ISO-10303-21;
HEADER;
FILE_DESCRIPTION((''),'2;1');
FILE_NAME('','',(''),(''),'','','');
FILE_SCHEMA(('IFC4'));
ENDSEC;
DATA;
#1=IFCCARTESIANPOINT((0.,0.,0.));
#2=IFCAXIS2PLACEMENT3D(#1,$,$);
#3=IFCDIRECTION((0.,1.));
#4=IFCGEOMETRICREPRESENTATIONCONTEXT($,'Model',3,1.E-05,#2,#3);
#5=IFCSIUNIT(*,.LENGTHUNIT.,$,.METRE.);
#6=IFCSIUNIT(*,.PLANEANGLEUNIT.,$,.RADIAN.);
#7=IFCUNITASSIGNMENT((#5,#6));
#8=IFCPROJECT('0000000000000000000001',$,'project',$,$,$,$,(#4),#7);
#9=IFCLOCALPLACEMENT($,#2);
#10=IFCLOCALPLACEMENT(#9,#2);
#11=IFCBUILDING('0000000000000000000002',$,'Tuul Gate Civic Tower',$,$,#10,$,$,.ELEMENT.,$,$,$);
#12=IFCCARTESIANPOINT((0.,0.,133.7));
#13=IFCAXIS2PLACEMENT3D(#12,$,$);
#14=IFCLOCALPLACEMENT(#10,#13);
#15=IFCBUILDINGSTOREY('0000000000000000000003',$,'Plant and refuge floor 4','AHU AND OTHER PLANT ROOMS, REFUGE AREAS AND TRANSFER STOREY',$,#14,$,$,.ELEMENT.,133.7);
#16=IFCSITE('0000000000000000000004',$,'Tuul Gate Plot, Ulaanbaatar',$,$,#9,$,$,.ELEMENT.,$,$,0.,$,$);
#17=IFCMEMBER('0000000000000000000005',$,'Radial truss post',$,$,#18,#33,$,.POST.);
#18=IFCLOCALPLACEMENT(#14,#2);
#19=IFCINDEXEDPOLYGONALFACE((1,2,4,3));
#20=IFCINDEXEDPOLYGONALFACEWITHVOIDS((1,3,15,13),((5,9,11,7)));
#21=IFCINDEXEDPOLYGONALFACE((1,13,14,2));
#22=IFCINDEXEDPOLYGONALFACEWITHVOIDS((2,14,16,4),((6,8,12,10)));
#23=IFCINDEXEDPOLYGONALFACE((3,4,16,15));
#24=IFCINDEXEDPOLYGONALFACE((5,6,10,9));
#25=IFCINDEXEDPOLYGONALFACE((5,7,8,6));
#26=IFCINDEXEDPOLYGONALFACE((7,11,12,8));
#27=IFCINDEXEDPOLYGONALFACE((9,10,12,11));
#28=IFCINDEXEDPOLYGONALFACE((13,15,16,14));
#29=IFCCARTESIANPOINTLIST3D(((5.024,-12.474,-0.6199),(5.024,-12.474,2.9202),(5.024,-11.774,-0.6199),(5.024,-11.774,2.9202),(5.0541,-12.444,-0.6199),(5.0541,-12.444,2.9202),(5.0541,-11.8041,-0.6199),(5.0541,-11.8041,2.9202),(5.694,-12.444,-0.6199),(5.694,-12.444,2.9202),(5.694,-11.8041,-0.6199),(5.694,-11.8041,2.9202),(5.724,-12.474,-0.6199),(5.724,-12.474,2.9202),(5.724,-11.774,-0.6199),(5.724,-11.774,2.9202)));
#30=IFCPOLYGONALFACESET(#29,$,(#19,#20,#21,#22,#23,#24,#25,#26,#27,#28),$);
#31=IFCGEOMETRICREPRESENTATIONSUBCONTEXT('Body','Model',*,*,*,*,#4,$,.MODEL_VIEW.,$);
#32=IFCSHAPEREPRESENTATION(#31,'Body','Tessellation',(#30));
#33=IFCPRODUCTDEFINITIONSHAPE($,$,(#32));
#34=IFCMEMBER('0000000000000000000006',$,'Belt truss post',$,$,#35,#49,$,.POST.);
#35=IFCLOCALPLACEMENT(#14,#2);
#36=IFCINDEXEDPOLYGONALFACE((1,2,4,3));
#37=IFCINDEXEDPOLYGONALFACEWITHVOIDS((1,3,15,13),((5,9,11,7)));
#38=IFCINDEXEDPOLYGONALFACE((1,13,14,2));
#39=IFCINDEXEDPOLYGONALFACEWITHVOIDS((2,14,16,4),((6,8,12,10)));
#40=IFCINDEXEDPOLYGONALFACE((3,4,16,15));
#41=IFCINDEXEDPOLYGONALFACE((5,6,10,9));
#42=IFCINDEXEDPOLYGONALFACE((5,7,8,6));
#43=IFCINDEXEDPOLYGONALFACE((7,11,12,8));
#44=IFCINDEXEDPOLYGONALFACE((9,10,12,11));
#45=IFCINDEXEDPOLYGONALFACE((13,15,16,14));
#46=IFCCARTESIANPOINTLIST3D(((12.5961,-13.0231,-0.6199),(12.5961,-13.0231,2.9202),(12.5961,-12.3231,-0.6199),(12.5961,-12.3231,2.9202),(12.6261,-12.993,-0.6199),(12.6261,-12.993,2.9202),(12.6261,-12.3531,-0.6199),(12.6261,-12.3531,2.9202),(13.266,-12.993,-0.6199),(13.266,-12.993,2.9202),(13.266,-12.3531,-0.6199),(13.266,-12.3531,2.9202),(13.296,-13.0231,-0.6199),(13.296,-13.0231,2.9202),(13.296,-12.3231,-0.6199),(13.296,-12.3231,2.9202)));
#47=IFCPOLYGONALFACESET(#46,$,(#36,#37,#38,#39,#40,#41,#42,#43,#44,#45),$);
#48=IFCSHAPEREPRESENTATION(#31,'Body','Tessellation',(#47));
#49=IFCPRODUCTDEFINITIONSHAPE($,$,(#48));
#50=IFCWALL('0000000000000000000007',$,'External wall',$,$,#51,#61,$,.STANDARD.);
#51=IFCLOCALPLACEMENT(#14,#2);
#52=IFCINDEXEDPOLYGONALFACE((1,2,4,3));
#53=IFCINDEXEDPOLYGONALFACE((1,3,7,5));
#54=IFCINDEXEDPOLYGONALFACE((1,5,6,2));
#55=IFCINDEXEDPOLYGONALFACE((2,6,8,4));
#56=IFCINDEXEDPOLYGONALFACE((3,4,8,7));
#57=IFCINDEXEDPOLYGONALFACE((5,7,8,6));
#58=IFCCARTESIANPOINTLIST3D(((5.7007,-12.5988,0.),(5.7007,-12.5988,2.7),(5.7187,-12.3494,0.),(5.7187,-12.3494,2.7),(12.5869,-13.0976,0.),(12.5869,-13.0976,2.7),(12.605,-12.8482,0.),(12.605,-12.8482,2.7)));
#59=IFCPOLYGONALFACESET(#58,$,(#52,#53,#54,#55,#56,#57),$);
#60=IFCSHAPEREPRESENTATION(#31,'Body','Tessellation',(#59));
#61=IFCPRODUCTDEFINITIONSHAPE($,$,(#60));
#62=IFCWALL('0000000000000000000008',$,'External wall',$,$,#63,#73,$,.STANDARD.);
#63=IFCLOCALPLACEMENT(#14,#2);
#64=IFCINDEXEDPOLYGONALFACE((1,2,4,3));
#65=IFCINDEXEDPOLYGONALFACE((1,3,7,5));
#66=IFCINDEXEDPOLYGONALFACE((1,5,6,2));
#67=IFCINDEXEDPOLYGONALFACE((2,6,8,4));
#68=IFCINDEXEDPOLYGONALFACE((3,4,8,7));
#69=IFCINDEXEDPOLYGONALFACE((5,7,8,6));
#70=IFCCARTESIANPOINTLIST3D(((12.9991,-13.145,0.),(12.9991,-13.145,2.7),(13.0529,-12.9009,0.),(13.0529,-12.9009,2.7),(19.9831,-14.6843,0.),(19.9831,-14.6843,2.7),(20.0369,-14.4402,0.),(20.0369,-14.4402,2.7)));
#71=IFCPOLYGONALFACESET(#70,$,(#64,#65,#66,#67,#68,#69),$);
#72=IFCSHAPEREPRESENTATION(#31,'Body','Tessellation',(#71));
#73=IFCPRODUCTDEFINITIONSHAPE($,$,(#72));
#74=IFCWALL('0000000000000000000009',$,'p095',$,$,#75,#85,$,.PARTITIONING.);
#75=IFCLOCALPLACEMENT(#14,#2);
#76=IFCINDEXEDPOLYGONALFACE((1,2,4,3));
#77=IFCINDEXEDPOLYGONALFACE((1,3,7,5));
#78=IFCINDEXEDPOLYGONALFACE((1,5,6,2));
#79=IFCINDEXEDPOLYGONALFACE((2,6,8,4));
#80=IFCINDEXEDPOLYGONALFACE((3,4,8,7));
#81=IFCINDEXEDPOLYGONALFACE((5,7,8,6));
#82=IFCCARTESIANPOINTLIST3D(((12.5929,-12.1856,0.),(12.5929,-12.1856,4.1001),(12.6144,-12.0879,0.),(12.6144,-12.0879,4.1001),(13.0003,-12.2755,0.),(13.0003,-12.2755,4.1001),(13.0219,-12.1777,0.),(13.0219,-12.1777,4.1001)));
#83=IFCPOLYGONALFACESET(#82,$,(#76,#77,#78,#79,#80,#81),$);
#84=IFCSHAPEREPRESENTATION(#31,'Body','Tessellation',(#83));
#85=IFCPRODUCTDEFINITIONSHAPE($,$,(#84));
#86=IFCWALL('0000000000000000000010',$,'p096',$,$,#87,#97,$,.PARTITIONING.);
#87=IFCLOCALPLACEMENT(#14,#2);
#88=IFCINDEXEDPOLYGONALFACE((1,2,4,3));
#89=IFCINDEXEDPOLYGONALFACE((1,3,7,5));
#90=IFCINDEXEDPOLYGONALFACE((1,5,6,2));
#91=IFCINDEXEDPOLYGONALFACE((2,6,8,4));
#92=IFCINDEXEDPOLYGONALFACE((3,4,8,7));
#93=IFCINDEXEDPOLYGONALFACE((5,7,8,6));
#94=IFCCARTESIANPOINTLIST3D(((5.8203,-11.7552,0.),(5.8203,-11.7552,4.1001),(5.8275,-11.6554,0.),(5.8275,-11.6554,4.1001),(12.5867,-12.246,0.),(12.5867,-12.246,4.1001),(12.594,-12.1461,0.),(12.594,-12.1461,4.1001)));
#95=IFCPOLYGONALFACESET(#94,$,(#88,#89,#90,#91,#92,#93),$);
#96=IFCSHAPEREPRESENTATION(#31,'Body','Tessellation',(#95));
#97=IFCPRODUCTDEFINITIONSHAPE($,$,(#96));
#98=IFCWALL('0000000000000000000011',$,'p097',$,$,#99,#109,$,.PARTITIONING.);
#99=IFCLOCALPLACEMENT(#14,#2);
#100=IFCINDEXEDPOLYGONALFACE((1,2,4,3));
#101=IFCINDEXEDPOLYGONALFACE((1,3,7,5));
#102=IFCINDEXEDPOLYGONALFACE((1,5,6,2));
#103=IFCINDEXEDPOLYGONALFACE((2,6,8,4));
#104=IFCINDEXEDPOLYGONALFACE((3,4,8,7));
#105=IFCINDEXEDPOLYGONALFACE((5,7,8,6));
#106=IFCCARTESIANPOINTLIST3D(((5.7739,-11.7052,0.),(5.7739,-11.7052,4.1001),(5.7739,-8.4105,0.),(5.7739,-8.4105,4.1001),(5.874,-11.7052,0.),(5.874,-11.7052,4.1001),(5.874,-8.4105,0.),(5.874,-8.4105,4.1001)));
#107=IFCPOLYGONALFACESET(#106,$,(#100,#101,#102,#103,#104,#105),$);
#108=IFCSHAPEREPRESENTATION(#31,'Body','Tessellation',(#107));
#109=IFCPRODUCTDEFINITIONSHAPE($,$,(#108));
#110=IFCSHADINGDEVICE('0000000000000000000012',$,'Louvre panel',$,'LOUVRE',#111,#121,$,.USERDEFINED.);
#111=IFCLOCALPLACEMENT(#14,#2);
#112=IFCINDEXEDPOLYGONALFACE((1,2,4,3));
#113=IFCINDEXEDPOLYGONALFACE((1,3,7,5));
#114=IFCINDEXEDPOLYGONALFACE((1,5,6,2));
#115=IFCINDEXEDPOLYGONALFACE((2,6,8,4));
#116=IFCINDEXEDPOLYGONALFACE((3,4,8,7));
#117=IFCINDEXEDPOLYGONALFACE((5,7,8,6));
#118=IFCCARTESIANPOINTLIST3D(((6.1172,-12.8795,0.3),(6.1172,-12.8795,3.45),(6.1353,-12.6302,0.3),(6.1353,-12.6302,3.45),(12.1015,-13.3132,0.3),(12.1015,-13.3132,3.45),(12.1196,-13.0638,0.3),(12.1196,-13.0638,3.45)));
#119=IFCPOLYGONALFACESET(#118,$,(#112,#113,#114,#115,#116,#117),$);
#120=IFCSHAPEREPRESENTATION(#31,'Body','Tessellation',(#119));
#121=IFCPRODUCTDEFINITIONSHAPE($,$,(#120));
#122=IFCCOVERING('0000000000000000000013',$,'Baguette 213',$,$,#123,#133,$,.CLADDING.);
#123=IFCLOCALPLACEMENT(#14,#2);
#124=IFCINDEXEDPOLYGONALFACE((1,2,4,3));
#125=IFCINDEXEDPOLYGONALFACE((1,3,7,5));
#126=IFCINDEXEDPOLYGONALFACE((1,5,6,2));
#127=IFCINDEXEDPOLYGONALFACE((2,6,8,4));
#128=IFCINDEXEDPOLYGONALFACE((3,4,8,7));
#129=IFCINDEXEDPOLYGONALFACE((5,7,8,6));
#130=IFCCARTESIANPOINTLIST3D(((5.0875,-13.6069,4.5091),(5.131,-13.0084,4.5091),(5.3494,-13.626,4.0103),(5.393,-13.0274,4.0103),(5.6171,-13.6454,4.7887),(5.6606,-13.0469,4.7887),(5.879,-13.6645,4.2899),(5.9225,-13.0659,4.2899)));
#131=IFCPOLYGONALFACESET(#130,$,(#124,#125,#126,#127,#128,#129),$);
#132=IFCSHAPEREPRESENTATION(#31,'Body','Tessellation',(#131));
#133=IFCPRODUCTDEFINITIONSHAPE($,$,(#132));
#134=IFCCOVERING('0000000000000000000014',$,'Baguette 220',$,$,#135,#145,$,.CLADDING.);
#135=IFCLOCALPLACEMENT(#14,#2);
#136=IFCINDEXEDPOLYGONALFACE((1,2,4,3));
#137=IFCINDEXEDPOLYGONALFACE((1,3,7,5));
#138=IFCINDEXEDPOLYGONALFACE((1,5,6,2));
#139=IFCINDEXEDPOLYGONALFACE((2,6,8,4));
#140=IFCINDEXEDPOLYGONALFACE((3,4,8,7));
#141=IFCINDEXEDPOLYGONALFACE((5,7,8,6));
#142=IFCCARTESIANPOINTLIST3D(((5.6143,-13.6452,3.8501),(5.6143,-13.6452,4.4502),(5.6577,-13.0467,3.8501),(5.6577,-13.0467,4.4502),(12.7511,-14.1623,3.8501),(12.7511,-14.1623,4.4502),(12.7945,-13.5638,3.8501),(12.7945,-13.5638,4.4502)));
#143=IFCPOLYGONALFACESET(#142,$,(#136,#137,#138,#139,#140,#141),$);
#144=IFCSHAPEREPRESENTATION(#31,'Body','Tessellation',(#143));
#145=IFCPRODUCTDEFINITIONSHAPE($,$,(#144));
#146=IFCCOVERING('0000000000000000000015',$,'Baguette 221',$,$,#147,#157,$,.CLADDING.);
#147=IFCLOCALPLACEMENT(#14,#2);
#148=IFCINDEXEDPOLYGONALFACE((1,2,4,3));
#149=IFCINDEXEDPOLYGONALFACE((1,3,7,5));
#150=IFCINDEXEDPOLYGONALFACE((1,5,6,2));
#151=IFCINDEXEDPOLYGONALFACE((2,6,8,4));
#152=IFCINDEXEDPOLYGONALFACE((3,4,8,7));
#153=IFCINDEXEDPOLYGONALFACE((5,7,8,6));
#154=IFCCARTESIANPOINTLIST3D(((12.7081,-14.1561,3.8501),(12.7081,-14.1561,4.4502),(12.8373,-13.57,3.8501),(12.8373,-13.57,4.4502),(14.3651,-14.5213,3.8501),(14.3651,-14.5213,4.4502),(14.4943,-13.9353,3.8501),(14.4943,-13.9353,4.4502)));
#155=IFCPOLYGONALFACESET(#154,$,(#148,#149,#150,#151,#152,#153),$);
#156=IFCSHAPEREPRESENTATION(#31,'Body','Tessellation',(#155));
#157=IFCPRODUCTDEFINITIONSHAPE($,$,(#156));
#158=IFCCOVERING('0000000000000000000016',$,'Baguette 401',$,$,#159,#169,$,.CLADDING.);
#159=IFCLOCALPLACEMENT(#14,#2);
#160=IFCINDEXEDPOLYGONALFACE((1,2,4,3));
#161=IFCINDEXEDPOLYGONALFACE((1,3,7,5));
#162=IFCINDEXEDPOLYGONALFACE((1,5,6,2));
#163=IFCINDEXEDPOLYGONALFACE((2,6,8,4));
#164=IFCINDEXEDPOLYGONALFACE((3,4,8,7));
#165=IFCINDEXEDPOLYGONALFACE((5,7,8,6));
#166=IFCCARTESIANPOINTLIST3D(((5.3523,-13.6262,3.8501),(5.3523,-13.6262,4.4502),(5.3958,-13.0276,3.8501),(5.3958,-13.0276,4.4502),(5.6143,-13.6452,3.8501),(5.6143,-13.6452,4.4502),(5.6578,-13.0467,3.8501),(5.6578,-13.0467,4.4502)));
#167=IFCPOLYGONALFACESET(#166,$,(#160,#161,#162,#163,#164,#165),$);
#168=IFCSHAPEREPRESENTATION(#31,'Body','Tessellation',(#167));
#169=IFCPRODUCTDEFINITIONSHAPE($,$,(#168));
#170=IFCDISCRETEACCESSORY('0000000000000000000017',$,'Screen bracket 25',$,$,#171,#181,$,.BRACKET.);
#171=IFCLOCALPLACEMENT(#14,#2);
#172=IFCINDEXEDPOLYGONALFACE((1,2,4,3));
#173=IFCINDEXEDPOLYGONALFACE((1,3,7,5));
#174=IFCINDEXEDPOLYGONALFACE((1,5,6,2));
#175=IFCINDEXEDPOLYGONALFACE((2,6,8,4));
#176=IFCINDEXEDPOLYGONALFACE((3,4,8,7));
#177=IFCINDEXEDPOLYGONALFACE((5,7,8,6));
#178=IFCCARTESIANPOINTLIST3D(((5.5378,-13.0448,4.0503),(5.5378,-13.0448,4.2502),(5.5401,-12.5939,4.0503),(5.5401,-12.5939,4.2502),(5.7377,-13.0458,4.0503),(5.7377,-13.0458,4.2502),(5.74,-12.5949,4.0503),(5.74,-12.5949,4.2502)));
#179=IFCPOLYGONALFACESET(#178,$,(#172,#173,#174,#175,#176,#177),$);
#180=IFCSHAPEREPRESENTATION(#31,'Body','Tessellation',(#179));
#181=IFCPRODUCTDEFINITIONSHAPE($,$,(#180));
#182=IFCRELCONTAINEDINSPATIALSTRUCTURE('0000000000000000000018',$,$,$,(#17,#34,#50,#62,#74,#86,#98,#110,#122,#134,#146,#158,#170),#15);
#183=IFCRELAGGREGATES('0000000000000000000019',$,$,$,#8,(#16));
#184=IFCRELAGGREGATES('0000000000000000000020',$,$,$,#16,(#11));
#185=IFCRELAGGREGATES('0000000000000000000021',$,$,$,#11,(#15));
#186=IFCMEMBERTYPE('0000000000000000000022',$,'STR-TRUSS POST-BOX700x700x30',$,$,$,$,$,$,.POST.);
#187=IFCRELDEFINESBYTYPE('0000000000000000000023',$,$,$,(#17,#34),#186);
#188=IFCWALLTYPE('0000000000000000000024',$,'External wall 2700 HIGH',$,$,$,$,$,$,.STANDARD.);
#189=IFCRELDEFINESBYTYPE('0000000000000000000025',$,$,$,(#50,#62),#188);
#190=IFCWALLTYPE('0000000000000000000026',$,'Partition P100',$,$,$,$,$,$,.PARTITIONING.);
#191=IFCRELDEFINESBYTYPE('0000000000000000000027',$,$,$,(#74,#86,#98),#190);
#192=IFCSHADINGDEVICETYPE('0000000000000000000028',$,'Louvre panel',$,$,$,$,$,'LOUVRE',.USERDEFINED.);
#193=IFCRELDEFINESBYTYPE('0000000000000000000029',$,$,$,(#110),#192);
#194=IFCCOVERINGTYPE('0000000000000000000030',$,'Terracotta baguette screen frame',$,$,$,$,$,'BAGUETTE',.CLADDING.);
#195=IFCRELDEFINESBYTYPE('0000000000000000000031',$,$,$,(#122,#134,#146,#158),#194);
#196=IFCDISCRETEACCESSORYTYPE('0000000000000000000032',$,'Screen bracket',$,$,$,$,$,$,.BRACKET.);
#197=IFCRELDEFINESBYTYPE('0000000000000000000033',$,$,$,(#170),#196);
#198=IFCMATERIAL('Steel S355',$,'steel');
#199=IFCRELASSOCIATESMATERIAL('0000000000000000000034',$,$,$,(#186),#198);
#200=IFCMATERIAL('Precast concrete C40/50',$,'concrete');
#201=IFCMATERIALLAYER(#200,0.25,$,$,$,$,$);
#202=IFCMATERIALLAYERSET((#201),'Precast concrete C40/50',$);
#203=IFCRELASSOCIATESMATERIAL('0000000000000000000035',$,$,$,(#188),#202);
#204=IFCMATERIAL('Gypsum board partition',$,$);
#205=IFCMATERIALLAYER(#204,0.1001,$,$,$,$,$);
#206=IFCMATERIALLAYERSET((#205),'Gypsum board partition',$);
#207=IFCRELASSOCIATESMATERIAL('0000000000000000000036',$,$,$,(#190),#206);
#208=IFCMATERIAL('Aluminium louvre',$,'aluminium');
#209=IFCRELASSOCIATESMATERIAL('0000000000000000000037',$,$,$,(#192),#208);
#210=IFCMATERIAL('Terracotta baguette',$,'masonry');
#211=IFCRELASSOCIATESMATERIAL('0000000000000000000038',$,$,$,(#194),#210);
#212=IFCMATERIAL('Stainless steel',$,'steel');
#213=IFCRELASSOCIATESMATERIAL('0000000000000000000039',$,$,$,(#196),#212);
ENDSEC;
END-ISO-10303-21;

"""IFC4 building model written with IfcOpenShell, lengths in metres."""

from ifc_helpers import new_model, si_unit, direction, frame, frame_2d, origin, origin_2d, place, context, subcontext, project, spatial, rectangle, hollow_rectangle, extrude, material, layer, layer_set, material_profile, profile_set, type_object, element, save


model = new_model("IFC4")

# Units and contexts
model_context = context("Model", 3, precision=1e-05, world=origin(), true_north=direction((0.0, 1.0)))
body_context = subcontext(model_context, "Body", "Model", "MODEL_VIEW")
ifc_project = project(units=[si_unit("LENGTHUNIT", "METRE"), si_unit("PLANEANGLEUNIT", "RADIAN")], contexts=[model_context])

# Site, building, storey
site_placement = place(None, origin())
site = spatial("IfcSite", under=ifc_project, at=site_placement, Name="Tuul Gate Plot, Ulaanbaatar", CompositionType="ELEMENT", RefElevation=0.0)
building_placement = place(site_placement, origin())
building = spatial("IfcBuilding", under=site, at=building_placement, Name="Tuul Gate Civic Tower", CompositionType="ELEMENT")
storey_placement = place(building_placement, frame((0.0, 0.0, 133.7)))
storey = spatial("IfcBuildingStorey", under=building, at=storey_placement, Name="Plant and refuge floor 4", Description="AHU AND OTHER PLANT ROOMS, REFUGE AREAS AND TRANSFER STOREY", CompositionType="ELEMENT", Elevation=133.7)

# Members
ifc_material_1 = material(Name="Steel S355", Category="steel")
ifc_material_profile_1 = material_profile(ifc_material_1, hollow_rectangle(XDim=0.7, YDim=0.7, WallThickness=0.03, at=origin_2d()), Name="BOX700x700x30")
ifc_profile_set_1 = profile_set([ifc_material_profile_1], Name="Steel S355")
member_type_1 = type_object("IfcMemberType", Name="STR-TRUSS POST-BOX700x700x30", PredefinedType="POST", material=ifc_profile_set_1)
for number, where, z_axis, x_axis, name in (
    (1, (5.374, -12.124, -0.6199), (0.0, 0.0, 1.0), (1.0, 0.0, 0.0), "Radial truss post"),
    (2, (12.946, -12.6731, -0.6199), (0.0, 0.0, 1.0), (1.0, 0.0, 0.0), "Belt truss post"),
):
    element("IfcMember", number, at=place(storey_placement, frame(where, z_axis=z_axis, x_axis=x_axis)), inside=storey, type_object=member_type_1, Name=name, PredefinedType="POST", context=body_context, shape_type="SweptSolid", body=[
        extrude(hollow_rectangle(XDim=0.7, YDim=0.7, WallThickness=0.03, at=origin_2d()), origin(), (0.0, 0.0, 1.0), 3.54),
    ])

# Walls
ifc_material_2 = material(Name="Precast concrete C40/50", Category="concrete")
ifc_layer_1 = layer(ifc_material_2, 0.25)
ifc_layer_set_1 = layer_set([ifc_layer_1], Name="Precast concrete C40/50")
wall_type_1 = type_object("IfcWallType", Name="External wall 2700 HIGH", PredefinedType="STANDARD", material=ifc_layer_set_1)
wall_1_placement = place(storey_placement, frame((5.7097, -12.4741, 0.0), z_axis=(0.0, 0.0, 1.0), x_axis=(0.997387, -0.072242, 0.0)))
element("IfcWall", 3, at=wall_1_placement, inside=storey, type_object=wall_type_1, Name="External wall", PredefinedType="STANDARD", context=body_context, shape_type="SweptSolid", body=[
    extrude(rectangle(XDim=6.9043, YDim=0.25, at=frame_2d((3.4521, 0.0))), origin(), (0.0, 0.0, 1.0), 2.7),
])
wall_2_placement = place(storey_placement, frame((13.0261, -13.0229, 0.0), z_axis=(0.0, 0.0, 1.0), x_axis=(0.976561, -0.215242, 0.0)))
element("IfcWall", 4, at=wall_2_placement, inside=storey, type_object=wall_type_1, Name="External wall", PredefinedType="STANDARD", context=body_context, shape_type="SweptSolid", body=[
    extrude(rectangle(XDim=7.1516, YDim=0.25, at=frame_2d((3.5757, 0.0))), origin(), (0.0, 0.0, 1.0), 2.7),
])
ifc_material_3 = material(Name="Gypsum board partition")
ifc_layer_2 = layer(ifc_material_3, 0.1001)
ifc_layer_set_2 = layer_set([ifc_layer_2], Name="Gypsum board partition")
wall_type_2 = type_object("IfcWallType", Name="Partition P100", PredefinedType="PARTITIONING", material=ifc_layer_set_2)
wall_3_placement = place(storey_placement, frame((13.011, -12.2266, 0.0), z_axis=(0.0, 0.0, 1.0), x_axis=(-0.976544, 0.215319, 0.0)))
element("IfcWall", 5, at=wall_3_placement, inside=storey, type_object=wall_type_2, Name="p095", PredefinedType="PARTITIONING", context=body_context, shape_type="SweptSolid", body=[
    extrude(rectangle(XDim=0.4172, YDim=0.1001, at=frame_2d((0.2085, 0.0))), origin(), (0.0, 0.0, 1.0), 4.1001),
])
wall_4_placement = place(storey_placement, frame((12.5903, -12.196, 0.0), z_axis=(0.0, 0.0, 1.0), x_axis=(-0.99738, 0.072334, 0.0)))
element("IfcWall", 6, at=wall_4_placement, inside=storey, type_object=wall_type_2, Name="p096", PredefinedType="PARTITIONING", context=body_context, shape_type="SweptSolid", body=[
    extrude(rectangle(XDim=6.7842, YDim=0.1001, at=frame_2d((3.3921, 0.0))), origin(), (0.0, 0.0, 1.0), 4.1001),
])
wall_5_placement = place(storey_placement, frame((5.824, -11.7053, 0.0), z_axis=(0.0, 0.0, 1.0), x_axis=(0.0, 1.0, 0.0)))
element("IfcWall", 7, at=wall_5_placement, inside=storey, type_object=wall_type_2, Name="p097", PredefinedType="PARTITIONING", context=body_context, shape_type="SweptSolid", body=[
    extrude(rectangle(XDim=3.2947, YDim=0.1001, at=frame_2d((1.6475, 0.0))), origin(), (0.0, 0.0, 1.0), 4.1001),
])

# Shading device
ifc_material_4 = material(Name="Aluminium louvre", Category="aluminium")
shading_device_type = type_object("IfcShadingDeviceType", Name="Louvre panel", ElementType="LOUVRE", PredefinedType="USERDEFINED", material=ifc_material_4)
shading_device_placement = place(storey_placement, frame((9.1184, -12.9717, 0.3), z_axis=(0.0, 0.0, 1.0), x_axis=(-0.072276, -0.997385, 0.0)))
element("IfcShadingDevice", 8, at=shading_device_placement, inside=storey, type_object=shading_device_type, Name="Louvre panel", ObjectType="LOUVRE", PredefinedType="USERDEFINED", context=body_context, shape_type="SweptSolid", body=[
    extrude(rectangle(XDim=0.25, YDim=6.0, at=origin_2d()), origin(), (0.0, 0.0, 1.0), 3.1499),
])

# Coverings
ifc_material_5 = material(Name="Terracotta baguette", Category="masonry")
ifc_material_profile_2 = material_profile(ifc_material_5, rectangle(XDim=0.6001, YDim=0.6001, at=origin_2d()), Name="Terracotta baguette screen frame")
ifc_profile_set_2 = profile_set([ifc_material_profile_2], Name="Terracotta baguette")
covering_type = type_object("IfcCoveringType", Name="Terracotta baguette screen frame", ElementType="BAGUETTE", PredefinedType="CLADDING", material=ifc_profile_set_2)
covering_1_placement = place(storey_placement, frame((5.374, -13.3269, 4.6489), z_axis=(0.464713, -0.033782, -0.884817), x_axis=(0.072502, 0.997368, 0.0)))
element("IfcCovering", 9, at=covering_1_placement, inside=storey, type_object=covering_type, Name="Baguette 213", PredefinedType="CLADDING", context=body_context, shape_type="SweptSolid", body=[
    extrude(rectangle(XDim=0.6001, YDim=0.6001, at=origin_2d()), origin(), (0.0, 0.0, 1.0), 0.5637),
])
covering_2_placement = place(storey_placement, frame((5.636, -13.3459, 4.1501), z_axis=(0.997385, -0.072265, 0.0), x_axis=(0.072265, 0.997385, 0.0)))
element("IfcCovering", 10, at=covering_2_placement, inside=storey, type_object=covering_type, Name="Baguette 220", PredefinedType="CLADDING", context=body_context, shape_type="SweptSolid", body=[
    extrude(rectangle(XDim=0.6001, YDim=0.6001, at=origin_2d()), origin(), (0.0, 0.0, 1.0), 7.1555),
])
covering_3_placement = place(storey_placement, frame((12.7727, -13.863, 4.1501), z_axis=(0.976558, -0.215254, 0.0), x_axis=(0.215254, 0.976558, 0.0)))
element("IfcCovering", 11, at=covering_3_placement, inside=storey, type_object=covering_type, Name="Baguette 221", PredefinedType="CLADDING", context=body_context, shape_type="SweptSolid", body=[
    extrude(rectangle(XDim=0.6001, YDim=0.6001, at=origin_2d()), origin(), (0.0, 0.0, 1.0), 1.6968),
])
covering_4_placement = place(storey_placement, frame((5.374, -13.3269, 4.1501), z_axis=(0.997368, -0.072502, 0.0), x_axis=(0.072502, 0.997368, 0.0)))
element("IfcCovering", 12, at=covering_4_placement, inside=storey, type_object=covering_type, Name="Baguette 401", PredefinedType="CLADDING", context=body_context, shape_type="SweptSolid", body=[
    extrude(rectangle(XDim=0.6001, YDim=0.6001, at=origin_2d()), origin(), (0.0, 0.0, 1.0), 0.2627),
])

# Discrete accessory
ifc_material_6 = material(Name="Stainless steel", Category="steel")
discrete_accessory_type = type_object("IfcDiscreteAccessoryType", Name="Screen bracket", PredefinedType="BRACKET", material=ifc_material_6)
discrete_accessory_placement = place(storey_placement, frame((5.6389, -12.8198, 4.0503), z_axis=(0.0, 0.0, 1.0), x_axis=(-0.005109, -0.999987, 0.0)))
element("IfcDiscreteAccessory", 13, at=discrete_accessory_placement, inside=storey, type_object=discrete_accessory_type, Name="Screen bracket 25", PredefinedType="BRACKET", context=body_context, shape_type="SweptSolid", body=[
    extrude(rectangle(XDim=0.4509, YDim=0.2, at=origin_2d()), origin(), (0.0, 0.0, 1.0), 0.2),
])

save(model, "model.ifc")
